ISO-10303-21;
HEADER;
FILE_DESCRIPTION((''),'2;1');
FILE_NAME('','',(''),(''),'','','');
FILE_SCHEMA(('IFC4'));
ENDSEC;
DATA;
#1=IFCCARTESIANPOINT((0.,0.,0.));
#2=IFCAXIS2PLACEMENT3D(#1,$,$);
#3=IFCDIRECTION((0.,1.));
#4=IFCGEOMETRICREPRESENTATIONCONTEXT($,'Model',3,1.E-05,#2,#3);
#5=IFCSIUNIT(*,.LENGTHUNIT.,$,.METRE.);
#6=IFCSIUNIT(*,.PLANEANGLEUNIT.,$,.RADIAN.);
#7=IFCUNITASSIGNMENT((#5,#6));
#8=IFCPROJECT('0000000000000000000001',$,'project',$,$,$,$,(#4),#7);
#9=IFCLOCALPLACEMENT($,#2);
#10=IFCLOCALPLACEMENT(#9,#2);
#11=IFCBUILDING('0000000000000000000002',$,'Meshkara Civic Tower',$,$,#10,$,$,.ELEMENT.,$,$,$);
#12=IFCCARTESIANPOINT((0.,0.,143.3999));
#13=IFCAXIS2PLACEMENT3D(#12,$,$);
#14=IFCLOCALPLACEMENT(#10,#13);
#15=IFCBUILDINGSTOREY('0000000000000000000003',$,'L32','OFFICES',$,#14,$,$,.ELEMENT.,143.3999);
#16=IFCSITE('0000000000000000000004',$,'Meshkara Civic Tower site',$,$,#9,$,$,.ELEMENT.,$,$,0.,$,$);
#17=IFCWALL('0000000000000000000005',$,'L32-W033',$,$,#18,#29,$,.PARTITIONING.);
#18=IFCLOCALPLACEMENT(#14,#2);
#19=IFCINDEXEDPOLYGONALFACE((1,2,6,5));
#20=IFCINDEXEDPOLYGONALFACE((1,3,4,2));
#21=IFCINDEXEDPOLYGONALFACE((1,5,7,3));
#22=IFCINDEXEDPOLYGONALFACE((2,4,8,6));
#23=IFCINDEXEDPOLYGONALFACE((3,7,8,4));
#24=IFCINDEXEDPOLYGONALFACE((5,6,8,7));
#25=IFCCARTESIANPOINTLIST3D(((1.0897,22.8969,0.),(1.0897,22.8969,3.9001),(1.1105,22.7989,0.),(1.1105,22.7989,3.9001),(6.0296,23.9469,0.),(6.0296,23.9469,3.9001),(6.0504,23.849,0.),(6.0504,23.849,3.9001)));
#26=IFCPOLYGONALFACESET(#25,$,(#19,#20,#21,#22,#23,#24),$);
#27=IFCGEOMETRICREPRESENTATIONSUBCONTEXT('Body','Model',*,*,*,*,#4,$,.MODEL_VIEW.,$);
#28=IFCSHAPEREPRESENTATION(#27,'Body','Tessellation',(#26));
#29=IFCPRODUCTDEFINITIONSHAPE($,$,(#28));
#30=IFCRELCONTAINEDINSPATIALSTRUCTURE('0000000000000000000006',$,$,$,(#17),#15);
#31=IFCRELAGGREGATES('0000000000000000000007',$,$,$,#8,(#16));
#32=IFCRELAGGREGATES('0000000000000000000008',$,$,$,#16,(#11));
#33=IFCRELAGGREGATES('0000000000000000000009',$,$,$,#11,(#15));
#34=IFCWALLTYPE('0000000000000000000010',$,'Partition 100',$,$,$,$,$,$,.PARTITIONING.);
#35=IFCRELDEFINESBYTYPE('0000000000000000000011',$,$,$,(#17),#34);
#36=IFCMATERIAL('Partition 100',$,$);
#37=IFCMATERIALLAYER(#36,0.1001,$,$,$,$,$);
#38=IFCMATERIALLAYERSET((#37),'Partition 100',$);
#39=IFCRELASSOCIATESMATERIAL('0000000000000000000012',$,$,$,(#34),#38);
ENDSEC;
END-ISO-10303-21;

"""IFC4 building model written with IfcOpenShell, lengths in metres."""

from ifc_helpers import new_model, si_unit, direction, frame, frame_2d, origin, place, context, subcontext, project, spatial, rectangle, extrude, material, layer, layer_set, type_object, element, save


model = new_model("IFC4")

# Units and contexts
model_context = context("Model", 3, precision=1e-05, world=origin(), true_north=direction((0.0, 1.0)))
body_context = subcontext(model_context, "Body", "Model", "MODEL_VIEW")
ifc_project = project(units=[si_unit("LENGTHUNIT", "METRE"), si_unit("PLANEANGLEUNIT", "RADIAN")], contexts=[model_context])

# Site, building, storey
site_placement = place(None, origin())
site = spatial("IfcSite", under=ifc_project, at=site_placement, Name="Meshkara Civic Tower site", CompositionType="ELEMENT", RefElevation=0.0)
building_placement = place(site_placement, origin())
building = spatial("IfcBuilding", under=site, at=building_placement, Name="Meshkara Civic Tower", CompositionType="ELEMENT")
storey_placement = place(building_placement, frame((0.0, 0.0, 143.3999)))
storey = spatial("IfcBuildingStorey", under=building, at=storey_placement, Name="L32", Description="OFFICES", CompositionType="ELEMENT", Elevation=143.3999)

# Wall
ifc_material_1 = material(Name="Partition 100")
ifc_layer_1 = layer(ifc_material_1, 0.1001)
ifc_layer_set_1 = layer_set([ifc_layer_1], Name="Partition 100")
wall_type_1 = type_object("IfcWallType", Name="Partition 100", PredefinedType="PARTITIONING", material=ifc_layer_set_1)
wall_1_placement = place(storey_placement, frame((6.04, 23.8979, 0.0), z_axis=(0.0, 0.0, 1.0), x_axis=(-0.978146, -0.207918, 0.0)))
element("IfcWall", 1, at=wall_1_placement, inside=storey, type_object=wall_type_1, Name="L32-W033", PredefinedType="PARTITIONING", context=body_context, shape_type="SweptSolid", body=[
    extrude(rectangle(XDim=5.0503, YDim=0.1001, at=frame_2d((2.5251, 0.0))), origin(), (0.0, 0.0, 1.0), 3.9001),
])

save(model, "model.ifc")
